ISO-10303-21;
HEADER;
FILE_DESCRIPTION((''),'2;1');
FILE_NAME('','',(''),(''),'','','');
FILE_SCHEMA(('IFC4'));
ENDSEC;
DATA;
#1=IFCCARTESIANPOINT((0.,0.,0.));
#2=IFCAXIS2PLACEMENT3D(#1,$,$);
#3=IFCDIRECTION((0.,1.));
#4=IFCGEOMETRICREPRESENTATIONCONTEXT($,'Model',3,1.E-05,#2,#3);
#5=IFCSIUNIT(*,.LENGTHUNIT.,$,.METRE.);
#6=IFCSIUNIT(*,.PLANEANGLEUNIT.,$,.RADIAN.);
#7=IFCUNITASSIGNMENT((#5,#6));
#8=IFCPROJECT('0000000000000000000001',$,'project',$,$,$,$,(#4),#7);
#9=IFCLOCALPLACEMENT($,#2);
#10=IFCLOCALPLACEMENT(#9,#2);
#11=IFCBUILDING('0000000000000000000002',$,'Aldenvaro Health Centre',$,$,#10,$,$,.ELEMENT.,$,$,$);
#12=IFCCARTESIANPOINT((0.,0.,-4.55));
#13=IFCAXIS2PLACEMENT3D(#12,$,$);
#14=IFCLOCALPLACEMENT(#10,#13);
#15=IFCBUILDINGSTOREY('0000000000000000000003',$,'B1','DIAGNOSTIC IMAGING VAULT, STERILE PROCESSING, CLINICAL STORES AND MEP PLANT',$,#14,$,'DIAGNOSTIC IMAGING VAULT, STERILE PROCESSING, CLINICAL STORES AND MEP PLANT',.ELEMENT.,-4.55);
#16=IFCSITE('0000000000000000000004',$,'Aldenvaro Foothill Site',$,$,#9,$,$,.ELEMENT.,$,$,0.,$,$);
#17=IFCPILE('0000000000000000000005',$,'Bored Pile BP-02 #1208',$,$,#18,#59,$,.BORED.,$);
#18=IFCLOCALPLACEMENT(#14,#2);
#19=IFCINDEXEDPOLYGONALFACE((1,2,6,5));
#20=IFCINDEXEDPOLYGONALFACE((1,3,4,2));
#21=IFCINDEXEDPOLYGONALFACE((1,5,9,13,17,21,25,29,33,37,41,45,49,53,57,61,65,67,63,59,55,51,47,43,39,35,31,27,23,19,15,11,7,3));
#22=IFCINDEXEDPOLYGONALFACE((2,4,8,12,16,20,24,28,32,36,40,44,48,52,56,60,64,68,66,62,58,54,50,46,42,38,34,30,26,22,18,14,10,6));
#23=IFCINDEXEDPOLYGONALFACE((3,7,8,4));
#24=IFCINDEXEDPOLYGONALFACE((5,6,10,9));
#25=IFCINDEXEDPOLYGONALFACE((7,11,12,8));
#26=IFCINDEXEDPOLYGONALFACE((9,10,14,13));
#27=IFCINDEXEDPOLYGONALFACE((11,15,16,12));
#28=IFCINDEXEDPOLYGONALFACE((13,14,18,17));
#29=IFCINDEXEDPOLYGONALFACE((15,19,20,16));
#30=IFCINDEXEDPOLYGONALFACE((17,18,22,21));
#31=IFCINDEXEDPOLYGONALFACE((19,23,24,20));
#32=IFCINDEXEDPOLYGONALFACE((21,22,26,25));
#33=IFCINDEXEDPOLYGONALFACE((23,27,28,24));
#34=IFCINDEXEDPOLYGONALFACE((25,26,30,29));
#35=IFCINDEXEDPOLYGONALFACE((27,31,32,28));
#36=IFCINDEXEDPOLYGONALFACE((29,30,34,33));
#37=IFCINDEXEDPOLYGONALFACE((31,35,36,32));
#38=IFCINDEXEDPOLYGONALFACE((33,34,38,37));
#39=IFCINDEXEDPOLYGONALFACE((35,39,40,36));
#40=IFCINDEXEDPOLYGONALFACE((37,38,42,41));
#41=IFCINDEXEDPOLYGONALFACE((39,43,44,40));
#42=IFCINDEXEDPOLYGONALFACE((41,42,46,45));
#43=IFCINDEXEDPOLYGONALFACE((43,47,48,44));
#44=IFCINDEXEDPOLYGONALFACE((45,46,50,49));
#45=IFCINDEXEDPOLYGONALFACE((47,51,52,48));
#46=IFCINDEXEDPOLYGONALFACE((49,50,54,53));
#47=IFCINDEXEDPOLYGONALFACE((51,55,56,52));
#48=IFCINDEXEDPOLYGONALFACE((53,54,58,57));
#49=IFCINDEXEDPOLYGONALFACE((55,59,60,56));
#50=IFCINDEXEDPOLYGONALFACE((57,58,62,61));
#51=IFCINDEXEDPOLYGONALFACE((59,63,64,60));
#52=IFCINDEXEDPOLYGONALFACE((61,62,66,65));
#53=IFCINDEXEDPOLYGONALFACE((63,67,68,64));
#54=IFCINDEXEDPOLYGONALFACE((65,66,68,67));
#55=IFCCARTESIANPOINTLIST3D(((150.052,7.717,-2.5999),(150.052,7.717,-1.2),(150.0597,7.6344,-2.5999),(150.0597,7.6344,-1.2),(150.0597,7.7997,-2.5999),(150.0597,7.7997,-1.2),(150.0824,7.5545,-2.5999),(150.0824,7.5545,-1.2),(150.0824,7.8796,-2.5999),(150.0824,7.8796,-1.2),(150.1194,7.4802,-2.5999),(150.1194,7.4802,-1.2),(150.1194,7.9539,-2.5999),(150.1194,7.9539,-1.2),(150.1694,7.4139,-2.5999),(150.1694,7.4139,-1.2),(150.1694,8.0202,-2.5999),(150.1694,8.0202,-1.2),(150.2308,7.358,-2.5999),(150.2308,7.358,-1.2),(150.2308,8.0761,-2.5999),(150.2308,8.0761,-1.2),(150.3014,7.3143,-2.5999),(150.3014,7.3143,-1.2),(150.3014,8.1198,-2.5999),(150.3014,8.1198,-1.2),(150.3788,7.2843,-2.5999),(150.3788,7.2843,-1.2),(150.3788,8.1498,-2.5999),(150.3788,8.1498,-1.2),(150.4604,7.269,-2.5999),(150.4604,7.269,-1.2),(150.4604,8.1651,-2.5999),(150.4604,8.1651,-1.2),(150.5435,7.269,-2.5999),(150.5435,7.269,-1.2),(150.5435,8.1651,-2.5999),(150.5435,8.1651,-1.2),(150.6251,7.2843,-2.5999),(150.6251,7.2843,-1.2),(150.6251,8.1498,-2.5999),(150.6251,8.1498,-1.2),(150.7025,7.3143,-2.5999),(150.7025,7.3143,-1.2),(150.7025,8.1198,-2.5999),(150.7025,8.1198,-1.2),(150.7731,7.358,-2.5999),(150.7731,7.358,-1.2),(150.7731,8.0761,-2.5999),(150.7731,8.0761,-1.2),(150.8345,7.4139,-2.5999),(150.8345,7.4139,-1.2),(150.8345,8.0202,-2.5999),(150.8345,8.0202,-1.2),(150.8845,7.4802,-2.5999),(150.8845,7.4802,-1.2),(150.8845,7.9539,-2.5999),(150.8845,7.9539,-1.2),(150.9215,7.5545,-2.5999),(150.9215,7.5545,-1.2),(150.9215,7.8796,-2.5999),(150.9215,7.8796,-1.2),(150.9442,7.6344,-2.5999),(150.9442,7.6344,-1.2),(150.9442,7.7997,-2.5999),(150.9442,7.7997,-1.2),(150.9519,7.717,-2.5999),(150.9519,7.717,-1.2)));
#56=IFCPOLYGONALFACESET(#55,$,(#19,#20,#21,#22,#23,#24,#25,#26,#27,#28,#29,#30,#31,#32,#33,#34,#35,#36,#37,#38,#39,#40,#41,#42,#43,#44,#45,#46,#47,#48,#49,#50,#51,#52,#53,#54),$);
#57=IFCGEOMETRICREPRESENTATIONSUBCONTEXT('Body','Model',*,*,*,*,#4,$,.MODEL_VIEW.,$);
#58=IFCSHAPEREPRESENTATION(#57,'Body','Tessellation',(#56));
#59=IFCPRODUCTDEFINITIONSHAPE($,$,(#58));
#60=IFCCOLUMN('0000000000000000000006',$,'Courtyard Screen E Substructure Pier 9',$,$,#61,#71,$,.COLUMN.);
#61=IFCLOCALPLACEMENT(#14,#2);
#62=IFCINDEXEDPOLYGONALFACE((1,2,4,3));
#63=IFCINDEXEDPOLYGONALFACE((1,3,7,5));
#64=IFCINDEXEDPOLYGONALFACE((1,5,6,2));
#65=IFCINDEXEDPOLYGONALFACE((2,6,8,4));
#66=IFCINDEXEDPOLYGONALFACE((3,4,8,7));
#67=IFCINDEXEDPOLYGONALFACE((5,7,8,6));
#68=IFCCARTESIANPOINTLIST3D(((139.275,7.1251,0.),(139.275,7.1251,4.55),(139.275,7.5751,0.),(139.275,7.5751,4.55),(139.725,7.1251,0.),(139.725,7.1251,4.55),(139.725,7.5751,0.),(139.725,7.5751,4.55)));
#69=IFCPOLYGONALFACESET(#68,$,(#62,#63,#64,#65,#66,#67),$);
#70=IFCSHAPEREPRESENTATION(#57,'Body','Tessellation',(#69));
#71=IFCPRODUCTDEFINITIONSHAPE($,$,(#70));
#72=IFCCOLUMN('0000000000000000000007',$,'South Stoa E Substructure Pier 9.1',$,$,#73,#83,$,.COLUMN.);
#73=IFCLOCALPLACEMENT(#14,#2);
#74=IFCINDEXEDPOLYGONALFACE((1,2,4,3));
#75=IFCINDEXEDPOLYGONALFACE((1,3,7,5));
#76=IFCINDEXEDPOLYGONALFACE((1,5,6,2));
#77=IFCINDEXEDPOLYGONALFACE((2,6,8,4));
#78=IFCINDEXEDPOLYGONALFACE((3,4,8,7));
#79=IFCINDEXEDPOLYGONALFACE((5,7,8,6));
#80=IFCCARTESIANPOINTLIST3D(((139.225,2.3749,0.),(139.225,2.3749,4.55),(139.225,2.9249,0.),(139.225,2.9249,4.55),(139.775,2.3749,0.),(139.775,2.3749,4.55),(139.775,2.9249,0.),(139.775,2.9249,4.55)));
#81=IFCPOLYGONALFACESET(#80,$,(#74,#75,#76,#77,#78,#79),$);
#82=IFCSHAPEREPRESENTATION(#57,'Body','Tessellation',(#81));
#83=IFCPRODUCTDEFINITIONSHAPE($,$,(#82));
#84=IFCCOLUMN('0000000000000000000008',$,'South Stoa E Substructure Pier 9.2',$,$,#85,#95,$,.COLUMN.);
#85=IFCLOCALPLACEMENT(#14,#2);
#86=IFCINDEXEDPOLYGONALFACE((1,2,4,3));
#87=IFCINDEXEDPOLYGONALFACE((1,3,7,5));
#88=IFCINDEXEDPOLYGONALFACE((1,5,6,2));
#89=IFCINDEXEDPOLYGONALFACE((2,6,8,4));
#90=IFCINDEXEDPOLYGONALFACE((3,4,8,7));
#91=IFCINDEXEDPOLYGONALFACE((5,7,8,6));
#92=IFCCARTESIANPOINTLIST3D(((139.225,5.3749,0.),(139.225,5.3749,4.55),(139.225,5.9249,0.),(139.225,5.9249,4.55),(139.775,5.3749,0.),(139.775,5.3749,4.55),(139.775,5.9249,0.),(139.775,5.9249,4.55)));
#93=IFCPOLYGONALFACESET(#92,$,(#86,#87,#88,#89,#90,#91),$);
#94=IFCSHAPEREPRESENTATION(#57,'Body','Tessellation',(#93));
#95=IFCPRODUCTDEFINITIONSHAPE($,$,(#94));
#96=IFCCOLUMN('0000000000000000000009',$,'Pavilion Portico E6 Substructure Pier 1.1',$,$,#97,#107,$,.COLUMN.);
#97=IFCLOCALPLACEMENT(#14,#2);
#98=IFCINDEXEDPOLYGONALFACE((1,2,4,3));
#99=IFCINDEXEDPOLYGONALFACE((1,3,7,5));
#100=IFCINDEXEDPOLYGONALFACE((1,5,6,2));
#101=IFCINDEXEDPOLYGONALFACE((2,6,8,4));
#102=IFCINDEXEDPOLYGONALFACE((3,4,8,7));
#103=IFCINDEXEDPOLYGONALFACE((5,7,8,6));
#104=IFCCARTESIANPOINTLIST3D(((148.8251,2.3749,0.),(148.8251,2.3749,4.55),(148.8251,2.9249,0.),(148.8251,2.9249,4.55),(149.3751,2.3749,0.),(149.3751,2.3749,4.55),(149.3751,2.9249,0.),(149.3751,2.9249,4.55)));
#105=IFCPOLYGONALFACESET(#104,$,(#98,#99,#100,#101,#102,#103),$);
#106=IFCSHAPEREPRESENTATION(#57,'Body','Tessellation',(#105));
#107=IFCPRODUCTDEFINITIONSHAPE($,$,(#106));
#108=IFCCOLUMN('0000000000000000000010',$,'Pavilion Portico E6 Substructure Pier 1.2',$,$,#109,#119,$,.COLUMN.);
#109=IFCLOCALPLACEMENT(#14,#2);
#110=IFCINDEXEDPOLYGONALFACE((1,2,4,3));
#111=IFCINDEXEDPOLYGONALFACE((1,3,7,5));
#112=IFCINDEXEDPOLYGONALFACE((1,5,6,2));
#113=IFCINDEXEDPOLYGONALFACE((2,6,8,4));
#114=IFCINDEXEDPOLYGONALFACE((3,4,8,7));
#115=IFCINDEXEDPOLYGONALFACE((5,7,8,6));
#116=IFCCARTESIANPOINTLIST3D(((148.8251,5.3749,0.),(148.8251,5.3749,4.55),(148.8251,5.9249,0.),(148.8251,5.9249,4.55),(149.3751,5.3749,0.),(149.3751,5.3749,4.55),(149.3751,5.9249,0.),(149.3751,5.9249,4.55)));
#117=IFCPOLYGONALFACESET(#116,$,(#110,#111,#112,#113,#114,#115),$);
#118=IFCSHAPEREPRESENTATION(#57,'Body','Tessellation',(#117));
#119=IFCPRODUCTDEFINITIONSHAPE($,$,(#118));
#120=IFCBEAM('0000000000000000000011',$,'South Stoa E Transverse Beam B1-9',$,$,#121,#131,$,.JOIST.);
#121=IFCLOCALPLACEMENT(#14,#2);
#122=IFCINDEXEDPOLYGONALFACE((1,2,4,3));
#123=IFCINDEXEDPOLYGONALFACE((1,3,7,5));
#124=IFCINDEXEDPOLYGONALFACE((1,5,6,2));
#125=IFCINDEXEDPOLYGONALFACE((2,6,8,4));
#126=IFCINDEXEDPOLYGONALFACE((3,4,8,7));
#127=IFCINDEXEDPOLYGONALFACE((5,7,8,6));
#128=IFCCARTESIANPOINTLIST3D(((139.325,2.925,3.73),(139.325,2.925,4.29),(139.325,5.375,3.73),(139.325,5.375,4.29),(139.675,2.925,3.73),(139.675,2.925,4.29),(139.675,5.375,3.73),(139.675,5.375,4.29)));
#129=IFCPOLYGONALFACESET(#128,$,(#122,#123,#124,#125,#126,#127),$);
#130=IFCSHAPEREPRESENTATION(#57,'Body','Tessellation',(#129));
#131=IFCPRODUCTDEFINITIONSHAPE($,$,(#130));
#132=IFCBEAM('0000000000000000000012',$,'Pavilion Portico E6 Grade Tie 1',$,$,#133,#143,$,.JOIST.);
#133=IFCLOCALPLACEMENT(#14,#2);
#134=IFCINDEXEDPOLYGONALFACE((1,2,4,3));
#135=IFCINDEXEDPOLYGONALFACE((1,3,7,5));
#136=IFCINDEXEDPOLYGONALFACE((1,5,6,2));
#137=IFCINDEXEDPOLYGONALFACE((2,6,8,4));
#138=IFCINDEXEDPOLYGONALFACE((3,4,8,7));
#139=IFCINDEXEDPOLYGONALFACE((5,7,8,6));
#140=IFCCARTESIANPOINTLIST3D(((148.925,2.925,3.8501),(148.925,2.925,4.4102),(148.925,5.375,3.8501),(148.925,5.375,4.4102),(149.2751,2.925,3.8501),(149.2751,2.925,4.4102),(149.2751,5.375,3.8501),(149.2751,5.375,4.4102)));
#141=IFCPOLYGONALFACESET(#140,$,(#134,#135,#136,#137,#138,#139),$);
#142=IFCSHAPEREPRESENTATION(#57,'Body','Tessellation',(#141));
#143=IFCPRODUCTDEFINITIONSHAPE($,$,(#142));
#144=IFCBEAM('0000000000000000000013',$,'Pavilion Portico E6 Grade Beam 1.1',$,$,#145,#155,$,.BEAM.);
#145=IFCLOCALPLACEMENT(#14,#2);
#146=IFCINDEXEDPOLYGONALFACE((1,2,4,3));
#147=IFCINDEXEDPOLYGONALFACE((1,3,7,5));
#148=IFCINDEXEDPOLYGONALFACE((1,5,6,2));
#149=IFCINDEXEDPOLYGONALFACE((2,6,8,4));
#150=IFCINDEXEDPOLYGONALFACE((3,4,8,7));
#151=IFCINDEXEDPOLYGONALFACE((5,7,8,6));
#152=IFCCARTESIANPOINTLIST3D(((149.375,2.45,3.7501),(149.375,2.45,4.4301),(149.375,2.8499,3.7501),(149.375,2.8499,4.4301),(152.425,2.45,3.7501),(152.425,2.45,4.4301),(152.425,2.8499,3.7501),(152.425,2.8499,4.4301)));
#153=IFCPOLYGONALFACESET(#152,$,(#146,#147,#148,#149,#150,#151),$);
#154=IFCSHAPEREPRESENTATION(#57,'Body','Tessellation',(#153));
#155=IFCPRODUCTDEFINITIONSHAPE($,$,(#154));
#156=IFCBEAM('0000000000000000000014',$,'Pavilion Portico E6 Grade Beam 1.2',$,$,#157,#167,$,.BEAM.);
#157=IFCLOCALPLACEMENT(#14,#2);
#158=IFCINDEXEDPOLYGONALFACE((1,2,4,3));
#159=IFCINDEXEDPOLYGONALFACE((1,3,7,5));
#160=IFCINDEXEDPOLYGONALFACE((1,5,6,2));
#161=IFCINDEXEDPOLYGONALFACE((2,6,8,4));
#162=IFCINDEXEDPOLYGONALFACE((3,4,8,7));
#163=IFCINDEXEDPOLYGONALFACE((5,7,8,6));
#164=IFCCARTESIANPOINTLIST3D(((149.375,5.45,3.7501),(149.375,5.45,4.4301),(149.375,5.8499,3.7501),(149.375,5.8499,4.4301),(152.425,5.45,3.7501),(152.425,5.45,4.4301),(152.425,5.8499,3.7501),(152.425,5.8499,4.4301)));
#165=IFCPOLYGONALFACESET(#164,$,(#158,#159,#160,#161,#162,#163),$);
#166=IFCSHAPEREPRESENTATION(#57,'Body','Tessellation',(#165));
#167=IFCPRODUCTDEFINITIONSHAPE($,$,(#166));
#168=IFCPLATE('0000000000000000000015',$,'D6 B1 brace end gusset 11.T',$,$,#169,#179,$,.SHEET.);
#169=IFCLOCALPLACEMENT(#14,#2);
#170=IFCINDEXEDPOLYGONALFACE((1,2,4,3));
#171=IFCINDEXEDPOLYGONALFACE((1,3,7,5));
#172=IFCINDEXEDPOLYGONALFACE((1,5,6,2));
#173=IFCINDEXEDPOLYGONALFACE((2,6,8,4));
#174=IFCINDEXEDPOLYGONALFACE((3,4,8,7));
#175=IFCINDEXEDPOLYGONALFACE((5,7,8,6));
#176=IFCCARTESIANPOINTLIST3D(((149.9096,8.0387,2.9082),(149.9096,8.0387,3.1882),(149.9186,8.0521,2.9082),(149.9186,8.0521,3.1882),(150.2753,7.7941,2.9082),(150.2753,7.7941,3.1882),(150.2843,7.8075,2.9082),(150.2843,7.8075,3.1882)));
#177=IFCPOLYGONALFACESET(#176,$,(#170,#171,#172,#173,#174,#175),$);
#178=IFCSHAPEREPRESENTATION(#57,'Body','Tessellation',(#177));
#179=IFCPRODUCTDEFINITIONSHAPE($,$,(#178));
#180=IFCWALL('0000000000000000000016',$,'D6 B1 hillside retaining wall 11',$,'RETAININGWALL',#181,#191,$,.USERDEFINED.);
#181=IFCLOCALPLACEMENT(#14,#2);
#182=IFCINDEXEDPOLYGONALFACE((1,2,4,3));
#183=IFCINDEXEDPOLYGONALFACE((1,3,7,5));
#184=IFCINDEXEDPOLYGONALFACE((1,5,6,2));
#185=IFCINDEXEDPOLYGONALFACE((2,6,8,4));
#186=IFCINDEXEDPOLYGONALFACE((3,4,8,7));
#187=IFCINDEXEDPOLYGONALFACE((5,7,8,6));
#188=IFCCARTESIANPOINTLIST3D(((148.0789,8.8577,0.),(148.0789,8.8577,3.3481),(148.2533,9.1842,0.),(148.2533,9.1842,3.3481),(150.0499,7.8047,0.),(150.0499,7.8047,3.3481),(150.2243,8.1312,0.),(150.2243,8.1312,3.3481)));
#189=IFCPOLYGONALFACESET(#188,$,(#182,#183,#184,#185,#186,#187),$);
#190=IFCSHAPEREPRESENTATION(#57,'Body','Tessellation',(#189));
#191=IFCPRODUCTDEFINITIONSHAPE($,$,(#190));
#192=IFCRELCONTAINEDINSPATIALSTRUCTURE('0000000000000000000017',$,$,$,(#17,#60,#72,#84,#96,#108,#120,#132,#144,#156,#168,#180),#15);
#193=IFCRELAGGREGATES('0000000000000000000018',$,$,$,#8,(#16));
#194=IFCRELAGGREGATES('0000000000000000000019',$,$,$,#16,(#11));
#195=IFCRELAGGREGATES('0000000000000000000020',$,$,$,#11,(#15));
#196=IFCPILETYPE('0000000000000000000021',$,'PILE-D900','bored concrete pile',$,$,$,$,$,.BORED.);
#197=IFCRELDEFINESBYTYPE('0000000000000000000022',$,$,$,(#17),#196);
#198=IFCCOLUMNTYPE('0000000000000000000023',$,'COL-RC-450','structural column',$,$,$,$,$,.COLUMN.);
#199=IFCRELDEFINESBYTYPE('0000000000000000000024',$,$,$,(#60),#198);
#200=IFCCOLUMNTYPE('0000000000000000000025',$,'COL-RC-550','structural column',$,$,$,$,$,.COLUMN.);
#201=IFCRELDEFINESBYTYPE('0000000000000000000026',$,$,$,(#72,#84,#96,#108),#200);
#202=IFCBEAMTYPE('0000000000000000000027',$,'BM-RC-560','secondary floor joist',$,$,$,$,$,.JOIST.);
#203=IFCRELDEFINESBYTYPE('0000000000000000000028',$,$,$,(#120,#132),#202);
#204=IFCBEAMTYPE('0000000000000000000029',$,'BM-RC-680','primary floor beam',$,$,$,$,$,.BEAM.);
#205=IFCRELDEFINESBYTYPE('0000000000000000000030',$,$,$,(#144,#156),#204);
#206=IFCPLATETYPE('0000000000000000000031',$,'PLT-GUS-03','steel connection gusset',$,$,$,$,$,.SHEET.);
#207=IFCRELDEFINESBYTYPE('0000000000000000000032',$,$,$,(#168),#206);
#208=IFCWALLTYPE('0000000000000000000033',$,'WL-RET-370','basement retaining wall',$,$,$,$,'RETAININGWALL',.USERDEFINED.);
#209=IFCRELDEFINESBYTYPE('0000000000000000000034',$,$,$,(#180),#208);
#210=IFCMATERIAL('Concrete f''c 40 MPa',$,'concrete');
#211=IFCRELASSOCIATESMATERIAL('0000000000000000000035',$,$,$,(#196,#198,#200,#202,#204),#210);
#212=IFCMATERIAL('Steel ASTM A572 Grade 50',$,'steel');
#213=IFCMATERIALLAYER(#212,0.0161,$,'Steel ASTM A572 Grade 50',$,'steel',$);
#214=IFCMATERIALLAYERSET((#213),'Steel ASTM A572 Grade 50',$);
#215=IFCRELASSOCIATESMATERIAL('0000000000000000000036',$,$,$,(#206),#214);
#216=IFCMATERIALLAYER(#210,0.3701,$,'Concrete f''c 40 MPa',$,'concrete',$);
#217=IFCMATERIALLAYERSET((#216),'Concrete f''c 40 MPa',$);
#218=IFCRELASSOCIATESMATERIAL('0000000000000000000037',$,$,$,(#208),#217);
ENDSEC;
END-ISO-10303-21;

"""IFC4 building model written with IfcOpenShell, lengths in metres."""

from ifc_helpers import new_model, si_unit, direction, frame, frame_2d, origin, origin_2d, place, context, subcontext, project, spatial, rectangle, circle, extrude, material, layer, layer_set, material_profile, profile_set, type_object, element, save


model = new_model("IFC4")

# Units and contexts
model_context = context("Model", 3, precision=1e-05, world=origin(), true_north=direction((0.0, 1.0)))
body_context = subcontext(model_context, "Body", "Model", "MODEL_VIEW")
ifc_project = project(units=[si_unit("LENGTHUNIT", "METRE"), si_unit("PLANEANGLEUNIT", "RADIAN")], contexts=[model_context])

# Site, building, storey
site_placement = place(None, origin())
site = spatial("IfcSite", under=ifc_project, at=site_placement, Name="Aldenvaro Foothill Site", CompositionType="ELEMENT", RefElevation=0.0)
building_placement = place(site_placement, origin())
building = spatial("IfcBuilding", under=site, at=building_placement, Name="Aldenvaro Health Centre", CompositionType="ELEMENT")
storey_placement = place(building_placement, frame((0.0, 0.0, -4.55)))
storey = spatial("IfcBuildingStorey", under=building, at=storey_placement, Name="B1", Description="DIAGNOSTIC IMAGING VAULT, STERILE PROCESSING, CLINICAL STORES AND MEP PLANT", LongName="DIAGNOSTIC IMAGING VAULT, STERILE PROCESSING, CLINICAL STORES AND MEP PLANT", CompositionType="ELEMENT", Elevation=-4.55)

# Shared definitions
ifc_material_1 = material(Name="Concrete f'c 40 MPa", Category="concrete")

# Pile
ifc_material_profile_1 = material_profile(ifc_material_1, circle(Radius=0.45, at=origin_2d()), Name="PILE D900", Category="concrete")
ifc_profile_set_1 = profile_set([ifc_material_profile_1], Name="Concrete f'c 40 MPa")
pile_type_1 = type_object("IfcPileType", Name="PILE-D900", Description="bored concrete pile", PredefinedType="BORED", material=ifc_profile_set_1)
for number, where, z_axis, x_axis, name in (
    (1, (150.502, 7.717, -1.2), (0.0, 0.0, -1.0), (1.0, 0.0, 0.0), "Bored Pile BP-02 #1208"),
):
    element("IfcPile", number, at=place(storey_placement, frame(where, z_axis=z_axis, x_axis=x_axis)), inside=storey, type_object=pile_type_1, Name=name, PredefinedType="BORED", context=body_context, shape_type="SweptSolid", body=[
        extrude(circle(Radius=0.45, at=origin_2d()), origin(), (0.0, 0.0, 1.0), 1.3999),
    ])

# Columns
ifc_material_profile_2 = material_profile(ifc_material_1, rectangle(XDim=0.45, YDim=0.45, at=origin_2d()), Name="RC 450x450", Category="concrete")
ifc_profile_set_2 = profile_set([ifc_material_profile_2], Name="Concrete f'c 40 MPa")
column_type_1 = type_object("IfcColumnType", Name="COL-RC-450", Description="structural column", PredefinedType="COLUMN", material=ifc_profile_set_2)
column_placement = place(storey_placement, frame((139.5, 7.3501, 0.0), z_axis=(0.0, 0.0, 1.0), x_axis=(1.0, 0.0, 0.0)))
element("IfcColumn", 2, at=column_placement, inside=storey, type_object=column_type_1, Name="Courtyard Screen E Substructure Pier 9", PredefinedType="COLUMN", context=body_context, shape_type="SweptSolid", body=[
    extrude(rectangle(XDim=0.45, YDim=0.45, at=origin_2d()), origin(), (0.0, 0.0, 1.0), 4.55),
])
ifc_material_profile_3 = material_profile(ifc_material_1, rectangle(XDim=0.55, YDim=0.55, at=origin_2d()), Name="RC 550x550", Category="concrete")
ifc_profile_set_3 = profile_set([ifc_material_profile_3], Name="Concrete f'c 40 MPa")
column_type_2 = type_object("IfcColumnType", Name="COL-RC-550", Description="structural column", PredefinedType="COLUMN", material=ifc_profile_set_3)
for number, where, z_axis, x_axis, name in (
    (3, (139.5, 2.6499, 0.0), (0.0, 0.0, 1.0), (1.0, 0.0, 0.0), "South Stoa E Substructure Pier 9.1"),
    (4, (139.5, 5.6499, 0.0), (0.0, 0.0, 1.0), (1.0, 0.0, 0.0), "South Stoa E Substructure Pier 9.2"),
    (5, (149.1001, 2.6499, 0.0), (0.0, 0.0, 1.0), (1.0, 0.0, 0.0), "Pavilion Portico E6 Substructure Pier 1.1"),
    (6, (149.1001, 5.6499, 0.0), (0.0, 0.0, 1.0), (1.0, 0.0, 0.0), "Pavilion Portico E6 Substructure Pier 1.2"),
):
    element("IfcColumn", number, at=place(storey_placement, frame(where, z_axis=z_axis, x_axis=x_axis)), inside=storey, type_object=column_type_2, Name=name, PredefinedType="COLUMN", context=body_context, shape_type="SweptSolid", body=[
        extrude(rectangle(XDim=0.55, YDim=0.55, at=origin_2d()), origin(), (0.0, 0.0, 1.0), 4.55),
    ])

# Beams
ifc_material_profile_4 = material_profile(ifc_material_1, rectangle(XDim=0.3501, YDim=0.5601, at=origin_2d()), Name="RC 350x560", Category="concrete")
ifc_profile_set_4 = profile_set([ifc_material_profile_4], Name="Concrete f'c 40 MPa")
beam_type_1 = type_object("IfcBeamType", Name="BM-RC-560", Description="secondary floor joist", PredefinedType="JOIST", material=ifc_profile_set_4)
for number, where, z_axis, x_axis, name in (
    (7, (139.5, 2.925, 4.01), (0.0, 1.0, 0.0), (-1.0, 0.0, 0.0), "South Stoa E Transverse Beam B1-9"),
    (8, (149.1001, 2.925, 4.1301), (0.0, 1.0, 0.0), (-1.0, 0.0, 0.0), "Pavilion Portico E6 Grade Tie 1"),
):
    element("IfcBeam", number, at=place(storey_placement, frame(where, z_axis=z_axis, x_axis=x_axis)), inside=storey, type_object=beam_type_1, Name=name, PredefinedType="JOIST", context=body_context, shape_type="SweptSolid", body=[
        extrude(rectangle(XDim=0.3501, YDim=0.5601, at=origin_2d()), origin(), (0.0, 0.0, 1.0), 2.45),
    ])
ifc_material_profile_5 = material_profile(ifc_material_1, rectangle(XDim=0.3999, YDim=0.6799, at=origin_2d()), Name="RC 400x680", Category="concrete")
ifc_profile_set_5 = profile_set([ifc_material_profile_5], Name="Concrete f'c 40 MPa")
beam_type_2 = type_object("IfcBeamType", Name="BM-RC-680", Description="primary floor beam", PredefinedType="BEAM", material=ifc_profile_set_5)
for number, where, z_axis, x_axis, name in (
    (9, (149.375, 2.6499, 4.0901), (1.0, 0.0, 0.0), (0.0, 1.0, 0.0), "Pavilion Portico E6 Grade Beam 1.1"),
    (10, (149.375, 5.6499, 4.0901), (1.0, 0.0, 0.0), (0.0, 1.0, 0.0), "Pavilion Portico E6 Grade Beam 1.2"),
):
    element("IfcBeam", number, at=place(storey_placement, frame(where, z_axis=z_axis, x_axis=x_axis)), inside=storey, type_object=beam_type_2, Name=name, PredefinedType="BEAM", context=body_context, shape_type="SweptSolid", body=[
        extrude(rectangle(XDim=0.3999, YDim=0.6799, at=origin_2d()), origin(), (0.0, 0.0, 1.0), 3.05),
    ])

# Plate
ifc_material_2 = material(Name="Steel ASTM A572 Grade 50", Category="steel")
ifc_layer_1 = layer(ifc_material_2, 0.0161, Name="Steel ASTM A572 Grade 50", Category="steel")
ifc_layer_set_1 = layer_set([ifc_layer_1], Name="Steel ASTM A572 Grade 50")
plate_type = type_object("IfcPlateType", Name="PLT-GUS-03", Description="steel connection gusset", PredefinedType="SHEET", material=ifc_layer_set_1)
plate_placement = place(storey_placement, frame((150.0969, 7.9231, 2.9082), z_axis=(0.0, 0.0, 1.0), x_axis=(0.831247, -0.555904, 0.0)))
element("IfcPlate", 11, at=plate_placement, inside=storey, type_object=plate_type, Name="D6 B1 brace end gusset 11.T", PredefinedType="SHEET", context=body_context, shape_type="SweptSolid", body=[
    extrude(rectangle(XDim=0.4399, YDim=0.0161, at=origin_2d()), origin(), (0.0, 0.0, 1.0), 0.28),
])

# Wall
ifc_layer_2 = layer(ifc_material_1, 0.3701, Name="Concrete f'c 40 MPa", Category="concrete")
ifc_layer_set_2 = layer_set([ifc_layer_2], Name="Concrete f'c 40 MPa")
wall_type = type_object("IfcWallType", Name="WL-RET-370", Description="basement retaining wall", ElementType="RETAININGWALL", PredefinedType="USERDEFINED", material=ifc_layer_set_2)
wall_placement = place(storey_placement, frame((150.137, 7.968, 0.0), z_axis=(0.0, 0.0, 1.0), x_axis=(-0.882017, 0.471218, 0.0)))
element("IfcWall", 12, at=wall_placement, inside=storey, type_object=wall_type, Name="D6 B1 hillside retaining wall 11", ObjectType="RETAININGWALL", PredefinedType="USERDEFINED", context=body_context, shape_type="SweptSolid", body=[
    extrude(rectangle(XDim=2.2346, YDim=0.3701, at=frame_2d((1.1172, 0.0))), origin(), (0.0, 0.0, 1.0), 3.3481),
])

save(model, "model.ifc")
